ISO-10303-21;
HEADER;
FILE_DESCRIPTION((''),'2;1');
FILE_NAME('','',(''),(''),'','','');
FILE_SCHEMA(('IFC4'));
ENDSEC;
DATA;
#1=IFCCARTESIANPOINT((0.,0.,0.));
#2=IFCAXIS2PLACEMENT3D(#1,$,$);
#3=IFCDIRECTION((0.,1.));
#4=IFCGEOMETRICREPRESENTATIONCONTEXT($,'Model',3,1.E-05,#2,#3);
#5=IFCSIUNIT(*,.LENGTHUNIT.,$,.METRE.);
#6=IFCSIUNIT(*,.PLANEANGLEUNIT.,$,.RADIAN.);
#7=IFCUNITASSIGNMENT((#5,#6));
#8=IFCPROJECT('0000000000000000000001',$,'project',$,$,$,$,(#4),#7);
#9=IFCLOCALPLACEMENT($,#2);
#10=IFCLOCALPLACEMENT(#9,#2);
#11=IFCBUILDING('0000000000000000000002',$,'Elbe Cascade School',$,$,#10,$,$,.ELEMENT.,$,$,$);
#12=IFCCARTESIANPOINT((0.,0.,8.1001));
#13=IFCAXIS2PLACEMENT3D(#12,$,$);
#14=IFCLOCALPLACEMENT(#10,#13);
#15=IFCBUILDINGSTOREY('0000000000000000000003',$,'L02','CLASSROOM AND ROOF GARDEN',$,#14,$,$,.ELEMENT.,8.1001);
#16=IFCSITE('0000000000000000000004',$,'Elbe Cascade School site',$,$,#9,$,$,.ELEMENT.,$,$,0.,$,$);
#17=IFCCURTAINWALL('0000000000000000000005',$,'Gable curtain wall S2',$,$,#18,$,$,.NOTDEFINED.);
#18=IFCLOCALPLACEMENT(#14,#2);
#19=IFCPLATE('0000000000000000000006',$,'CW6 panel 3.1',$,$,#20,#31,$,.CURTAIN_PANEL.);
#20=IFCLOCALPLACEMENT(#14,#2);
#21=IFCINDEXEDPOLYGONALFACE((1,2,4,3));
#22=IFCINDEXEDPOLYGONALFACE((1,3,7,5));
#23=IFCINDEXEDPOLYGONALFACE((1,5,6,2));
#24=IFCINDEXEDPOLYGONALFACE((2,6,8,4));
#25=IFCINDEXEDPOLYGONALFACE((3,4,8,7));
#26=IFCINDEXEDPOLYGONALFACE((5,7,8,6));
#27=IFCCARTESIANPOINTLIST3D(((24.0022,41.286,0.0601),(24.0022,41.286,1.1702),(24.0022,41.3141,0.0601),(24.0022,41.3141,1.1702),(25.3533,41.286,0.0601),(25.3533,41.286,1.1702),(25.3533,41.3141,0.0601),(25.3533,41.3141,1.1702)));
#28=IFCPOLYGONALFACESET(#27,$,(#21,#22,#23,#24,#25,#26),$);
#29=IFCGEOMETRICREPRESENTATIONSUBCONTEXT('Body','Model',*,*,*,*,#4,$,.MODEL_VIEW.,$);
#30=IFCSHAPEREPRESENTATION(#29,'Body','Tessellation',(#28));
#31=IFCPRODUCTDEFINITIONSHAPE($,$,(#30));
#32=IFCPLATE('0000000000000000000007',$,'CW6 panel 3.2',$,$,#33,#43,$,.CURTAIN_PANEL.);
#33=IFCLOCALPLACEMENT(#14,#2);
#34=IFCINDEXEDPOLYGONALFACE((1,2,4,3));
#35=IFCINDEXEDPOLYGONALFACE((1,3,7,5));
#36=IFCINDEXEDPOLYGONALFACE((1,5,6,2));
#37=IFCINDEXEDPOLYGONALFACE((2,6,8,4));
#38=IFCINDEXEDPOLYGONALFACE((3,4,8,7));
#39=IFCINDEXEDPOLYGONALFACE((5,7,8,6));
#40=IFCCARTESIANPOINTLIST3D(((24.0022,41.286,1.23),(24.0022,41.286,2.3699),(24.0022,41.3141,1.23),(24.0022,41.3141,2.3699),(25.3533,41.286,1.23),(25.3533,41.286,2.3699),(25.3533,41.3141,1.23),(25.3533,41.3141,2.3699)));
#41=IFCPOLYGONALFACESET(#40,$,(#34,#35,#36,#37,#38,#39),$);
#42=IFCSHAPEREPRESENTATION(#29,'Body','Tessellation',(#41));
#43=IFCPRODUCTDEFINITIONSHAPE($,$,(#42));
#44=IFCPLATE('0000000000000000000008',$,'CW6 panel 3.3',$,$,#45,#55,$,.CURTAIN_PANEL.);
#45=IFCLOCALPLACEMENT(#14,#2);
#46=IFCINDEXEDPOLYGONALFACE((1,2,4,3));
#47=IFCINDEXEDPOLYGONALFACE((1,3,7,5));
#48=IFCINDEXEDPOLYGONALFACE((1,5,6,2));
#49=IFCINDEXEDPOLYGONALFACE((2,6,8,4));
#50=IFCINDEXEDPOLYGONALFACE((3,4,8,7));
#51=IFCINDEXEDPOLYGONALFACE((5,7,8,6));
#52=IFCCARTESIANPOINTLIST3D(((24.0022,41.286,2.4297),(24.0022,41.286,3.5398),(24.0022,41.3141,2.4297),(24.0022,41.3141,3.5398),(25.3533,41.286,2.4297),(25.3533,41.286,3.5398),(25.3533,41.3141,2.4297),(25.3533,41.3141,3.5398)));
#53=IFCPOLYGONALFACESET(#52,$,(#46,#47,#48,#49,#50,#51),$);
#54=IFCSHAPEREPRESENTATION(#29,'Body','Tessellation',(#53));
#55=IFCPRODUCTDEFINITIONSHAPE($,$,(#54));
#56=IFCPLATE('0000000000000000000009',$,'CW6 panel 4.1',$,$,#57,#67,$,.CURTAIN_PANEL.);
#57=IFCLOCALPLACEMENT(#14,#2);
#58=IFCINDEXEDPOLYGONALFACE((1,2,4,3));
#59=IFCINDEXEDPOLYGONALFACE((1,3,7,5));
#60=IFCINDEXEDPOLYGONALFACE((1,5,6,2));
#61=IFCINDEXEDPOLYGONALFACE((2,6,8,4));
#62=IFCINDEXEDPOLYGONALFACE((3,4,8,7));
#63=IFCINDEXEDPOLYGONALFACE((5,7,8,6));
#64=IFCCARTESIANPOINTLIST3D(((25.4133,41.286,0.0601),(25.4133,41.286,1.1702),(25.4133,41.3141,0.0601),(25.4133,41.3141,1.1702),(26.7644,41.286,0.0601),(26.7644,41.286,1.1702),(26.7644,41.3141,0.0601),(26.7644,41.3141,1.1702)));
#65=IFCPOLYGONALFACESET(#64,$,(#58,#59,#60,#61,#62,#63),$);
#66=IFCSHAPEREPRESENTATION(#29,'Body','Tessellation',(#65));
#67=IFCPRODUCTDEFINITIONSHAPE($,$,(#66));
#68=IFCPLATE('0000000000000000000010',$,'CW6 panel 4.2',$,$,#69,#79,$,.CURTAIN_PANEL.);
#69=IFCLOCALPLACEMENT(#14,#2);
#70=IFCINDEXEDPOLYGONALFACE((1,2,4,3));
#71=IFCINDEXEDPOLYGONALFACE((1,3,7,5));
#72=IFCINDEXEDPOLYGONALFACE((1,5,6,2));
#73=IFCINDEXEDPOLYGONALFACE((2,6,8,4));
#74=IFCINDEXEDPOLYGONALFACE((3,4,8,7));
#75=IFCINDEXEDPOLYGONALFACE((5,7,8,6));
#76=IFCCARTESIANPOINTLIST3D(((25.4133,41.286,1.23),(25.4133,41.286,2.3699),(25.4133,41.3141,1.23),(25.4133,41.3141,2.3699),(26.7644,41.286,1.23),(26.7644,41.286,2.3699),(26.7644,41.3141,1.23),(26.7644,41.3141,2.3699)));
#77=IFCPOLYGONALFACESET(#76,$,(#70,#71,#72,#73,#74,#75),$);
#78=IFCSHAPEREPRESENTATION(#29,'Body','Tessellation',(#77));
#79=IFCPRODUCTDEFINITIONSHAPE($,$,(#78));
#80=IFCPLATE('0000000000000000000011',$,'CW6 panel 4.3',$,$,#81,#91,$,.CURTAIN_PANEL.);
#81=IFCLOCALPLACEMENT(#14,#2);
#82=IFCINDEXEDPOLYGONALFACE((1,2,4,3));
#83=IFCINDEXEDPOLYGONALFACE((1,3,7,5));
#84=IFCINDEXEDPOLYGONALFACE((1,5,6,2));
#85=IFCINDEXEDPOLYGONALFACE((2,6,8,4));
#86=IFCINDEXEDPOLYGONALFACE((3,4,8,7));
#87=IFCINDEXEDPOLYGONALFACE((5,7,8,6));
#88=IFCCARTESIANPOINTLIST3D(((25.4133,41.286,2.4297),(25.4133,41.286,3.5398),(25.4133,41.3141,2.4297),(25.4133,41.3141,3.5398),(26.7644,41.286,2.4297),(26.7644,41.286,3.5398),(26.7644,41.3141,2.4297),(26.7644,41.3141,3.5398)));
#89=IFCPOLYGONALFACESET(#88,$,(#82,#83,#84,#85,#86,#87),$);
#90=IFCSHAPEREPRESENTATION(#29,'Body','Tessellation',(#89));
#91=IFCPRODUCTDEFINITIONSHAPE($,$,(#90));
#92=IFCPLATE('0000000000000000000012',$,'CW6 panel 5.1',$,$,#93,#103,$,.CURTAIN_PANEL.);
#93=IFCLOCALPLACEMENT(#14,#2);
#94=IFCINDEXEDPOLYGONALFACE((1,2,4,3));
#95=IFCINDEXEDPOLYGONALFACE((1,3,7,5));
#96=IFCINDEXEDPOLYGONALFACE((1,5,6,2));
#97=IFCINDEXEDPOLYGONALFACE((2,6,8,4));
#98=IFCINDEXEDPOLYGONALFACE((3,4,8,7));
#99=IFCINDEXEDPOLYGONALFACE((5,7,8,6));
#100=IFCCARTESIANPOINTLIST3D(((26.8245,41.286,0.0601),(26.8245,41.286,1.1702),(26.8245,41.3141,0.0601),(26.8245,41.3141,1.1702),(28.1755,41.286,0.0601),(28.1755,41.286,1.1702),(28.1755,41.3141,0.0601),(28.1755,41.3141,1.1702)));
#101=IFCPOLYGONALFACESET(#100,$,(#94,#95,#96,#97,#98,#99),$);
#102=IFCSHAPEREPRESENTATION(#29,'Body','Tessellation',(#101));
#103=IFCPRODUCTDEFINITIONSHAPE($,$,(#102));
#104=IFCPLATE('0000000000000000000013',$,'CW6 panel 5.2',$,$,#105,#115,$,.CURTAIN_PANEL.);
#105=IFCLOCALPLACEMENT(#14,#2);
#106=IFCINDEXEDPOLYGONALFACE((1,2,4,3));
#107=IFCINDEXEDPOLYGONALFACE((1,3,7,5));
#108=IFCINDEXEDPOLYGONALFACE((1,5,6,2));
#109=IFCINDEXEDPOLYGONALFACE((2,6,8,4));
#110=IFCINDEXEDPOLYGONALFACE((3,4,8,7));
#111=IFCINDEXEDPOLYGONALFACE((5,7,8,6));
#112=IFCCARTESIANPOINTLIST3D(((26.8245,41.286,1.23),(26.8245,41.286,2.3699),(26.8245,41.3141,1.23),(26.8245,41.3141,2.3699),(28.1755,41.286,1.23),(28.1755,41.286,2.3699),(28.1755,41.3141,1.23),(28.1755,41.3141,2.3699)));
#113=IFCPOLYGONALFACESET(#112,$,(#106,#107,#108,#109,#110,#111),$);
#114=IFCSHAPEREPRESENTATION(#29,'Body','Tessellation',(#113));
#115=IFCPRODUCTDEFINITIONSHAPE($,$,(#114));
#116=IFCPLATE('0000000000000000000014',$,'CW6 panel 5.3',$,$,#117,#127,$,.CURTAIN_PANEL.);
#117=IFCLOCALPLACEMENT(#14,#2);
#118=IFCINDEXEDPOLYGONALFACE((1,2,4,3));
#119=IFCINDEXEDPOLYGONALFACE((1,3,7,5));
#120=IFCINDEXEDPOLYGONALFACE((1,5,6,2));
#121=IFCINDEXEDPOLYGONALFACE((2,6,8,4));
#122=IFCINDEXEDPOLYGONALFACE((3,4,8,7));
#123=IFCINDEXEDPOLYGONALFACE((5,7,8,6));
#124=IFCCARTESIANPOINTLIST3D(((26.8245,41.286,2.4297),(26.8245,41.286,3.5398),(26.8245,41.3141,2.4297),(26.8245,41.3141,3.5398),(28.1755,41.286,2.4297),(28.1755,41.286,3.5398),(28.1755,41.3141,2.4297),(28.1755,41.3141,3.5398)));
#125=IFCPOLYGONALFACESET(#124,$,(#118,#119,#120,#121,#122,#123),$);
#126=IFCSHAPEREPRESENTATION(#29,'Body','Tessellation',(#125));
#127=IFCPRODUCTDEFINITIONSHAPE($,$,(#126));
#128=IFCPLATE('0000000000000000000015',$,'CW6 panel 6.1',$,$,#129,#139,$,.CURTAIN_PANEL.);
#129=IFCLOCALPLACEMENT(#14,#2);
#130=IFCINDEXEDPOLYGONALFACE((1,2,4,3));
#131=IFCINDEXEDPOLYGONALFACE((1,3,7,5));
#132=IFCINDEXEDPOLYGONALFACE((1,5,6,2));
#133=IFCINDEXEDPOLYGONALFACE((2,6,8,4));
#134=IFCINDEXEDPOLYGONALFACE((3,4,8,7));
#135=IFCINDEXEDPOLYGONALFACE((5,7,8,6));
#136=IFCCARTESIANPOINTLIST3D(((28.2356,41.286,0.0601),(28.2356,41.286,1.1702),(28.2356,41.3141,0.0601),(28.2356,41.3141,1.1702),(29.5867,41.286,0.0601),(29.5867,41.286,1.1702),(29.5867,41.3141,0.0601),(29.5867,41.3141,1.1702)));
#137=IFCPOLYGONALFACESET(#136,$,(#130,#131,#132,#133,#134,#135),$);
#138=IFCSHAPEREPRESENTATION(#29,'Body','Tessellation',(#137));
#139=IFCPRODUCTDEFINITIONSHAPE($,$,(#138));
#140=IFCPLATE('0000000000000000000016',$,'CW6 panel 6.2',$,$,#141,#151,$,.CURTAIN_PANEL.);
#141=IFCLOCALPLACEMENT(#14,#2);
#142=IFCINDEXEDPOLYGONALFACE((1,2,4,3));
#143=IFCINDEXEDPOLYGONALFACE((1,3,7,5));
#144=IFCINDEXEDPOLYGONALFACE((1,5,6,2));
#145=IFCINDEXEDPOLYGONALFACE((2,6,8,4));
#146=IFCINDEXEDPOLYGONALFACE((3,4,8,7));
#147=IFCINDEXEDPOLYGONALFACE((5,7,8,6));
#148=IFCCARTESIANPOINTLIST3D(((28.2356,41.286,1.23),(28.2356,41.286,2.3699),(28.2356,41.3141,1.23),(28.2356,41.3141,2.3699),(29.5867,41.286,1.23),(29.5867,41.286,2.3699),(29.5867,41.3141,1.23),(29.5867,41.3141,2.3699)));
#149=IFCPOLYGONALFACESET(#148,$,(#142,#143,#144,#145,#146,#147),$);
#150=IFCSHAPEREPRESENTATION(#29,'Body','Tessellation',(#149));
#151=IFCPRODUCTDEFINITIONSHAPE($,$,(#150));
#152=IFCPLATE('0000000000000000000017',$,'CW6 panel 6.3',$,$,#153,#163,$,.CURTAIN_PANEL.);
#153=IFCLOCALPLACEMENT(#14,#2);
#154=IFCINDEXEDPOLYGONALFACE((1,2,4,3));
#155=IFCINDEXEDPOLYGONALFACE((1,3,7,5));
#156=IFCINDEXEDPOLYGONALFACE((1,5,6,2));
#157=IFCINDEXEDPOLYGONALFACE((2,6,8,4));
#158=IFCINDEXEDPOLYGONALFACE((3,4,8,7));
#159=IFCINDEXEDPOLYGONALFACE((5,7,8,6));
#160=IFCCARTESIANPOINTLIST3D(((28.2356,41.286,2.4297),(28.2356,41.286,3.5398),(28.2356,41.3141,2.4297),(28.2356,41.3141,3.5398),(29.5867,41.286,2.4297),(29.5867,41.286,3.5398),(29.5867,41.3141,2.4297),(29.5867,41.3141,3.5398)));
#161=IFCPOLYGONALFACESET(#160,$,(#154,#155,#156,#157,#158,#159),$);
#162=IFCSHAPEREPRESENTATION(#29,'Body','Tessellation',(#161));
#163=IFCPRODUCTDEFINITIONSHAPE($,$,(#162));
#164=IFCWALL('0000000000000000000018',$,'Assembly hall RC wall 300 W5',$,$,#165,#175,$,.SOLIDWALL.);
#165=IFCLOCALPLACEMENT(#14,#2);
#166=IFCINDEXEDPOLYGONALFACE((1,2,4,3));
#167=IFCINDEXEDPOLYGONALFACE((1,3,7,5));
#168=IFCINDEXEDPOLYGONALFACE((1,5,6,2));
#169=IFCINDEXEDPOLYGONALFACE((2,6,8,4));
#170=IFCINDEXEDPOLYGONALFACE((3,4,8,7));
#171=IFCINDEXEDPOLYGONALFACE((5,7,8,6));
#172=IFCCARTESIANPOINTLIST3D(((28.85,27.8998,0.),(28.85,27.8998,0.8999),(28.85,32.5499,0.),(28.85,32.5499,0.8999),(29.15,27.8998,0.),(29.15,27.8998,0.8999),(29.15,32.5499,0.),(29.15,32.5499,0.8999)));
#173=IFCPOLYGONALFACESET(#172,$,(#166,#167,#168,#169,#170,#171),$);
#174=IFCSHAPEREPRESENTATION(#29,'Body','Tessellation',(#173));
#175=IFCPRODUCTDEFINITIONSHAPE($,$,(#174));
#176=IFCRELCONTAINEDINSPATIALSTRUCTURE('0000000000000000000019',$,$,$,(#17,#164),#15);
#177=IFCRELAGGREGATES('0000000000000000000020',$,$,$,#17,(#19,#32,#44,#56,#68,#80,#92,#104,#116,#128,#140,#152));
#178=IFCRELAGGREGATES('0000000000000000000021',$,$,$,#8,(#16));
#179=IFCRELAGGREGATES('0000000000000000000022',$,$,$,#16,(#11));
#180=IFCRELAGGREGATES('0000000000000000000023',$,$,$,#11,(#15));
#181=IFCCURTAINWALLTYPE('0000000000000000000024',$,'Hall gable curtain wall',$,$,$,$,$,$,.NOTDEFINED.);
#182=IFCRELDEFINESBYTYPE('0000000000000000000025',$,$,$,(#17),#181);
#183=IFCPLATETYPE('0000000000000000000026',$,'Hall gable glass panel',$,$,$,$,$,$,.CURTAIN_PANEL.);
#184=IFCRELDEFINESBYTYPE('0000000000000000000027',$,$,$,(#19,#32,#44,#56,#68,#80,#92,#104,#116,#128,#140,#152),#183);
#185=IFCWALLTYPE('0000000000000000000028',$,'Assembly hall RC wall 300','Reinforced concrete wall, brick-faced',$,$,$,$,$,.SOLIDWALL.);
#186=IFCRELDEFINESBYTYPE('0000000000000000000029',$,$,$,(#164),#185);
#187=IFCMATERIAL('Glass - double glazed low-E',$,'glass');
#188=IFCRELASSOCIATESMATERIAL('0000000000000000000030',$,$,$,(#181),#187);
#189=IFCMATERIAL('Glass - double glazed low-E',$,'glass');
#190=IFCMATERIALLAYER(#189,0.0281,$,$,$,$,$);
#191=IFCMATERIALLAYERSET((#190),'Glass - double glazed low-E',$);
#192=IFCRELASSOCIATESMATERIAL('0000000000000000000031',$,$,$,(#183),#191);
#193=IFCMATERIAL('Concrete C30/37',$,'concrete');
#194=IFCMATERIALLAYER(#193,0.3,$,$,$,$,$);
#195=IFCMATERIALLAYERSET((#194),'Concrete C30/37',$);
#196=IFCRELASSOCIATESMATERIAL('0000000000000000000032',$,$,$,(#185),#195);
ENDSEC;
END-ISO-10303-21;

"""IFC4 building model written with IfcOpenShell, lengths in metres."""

from ifc_helpers import new_model, si_unit, direction, frame, frame_2d, origin, origin_2d, place, context, subcontext, project, spatial, rectangle, extrude, material, layer, layer_set, type_object, element, aggregate, save


model = new_model("IFC4")

# Units and contexts
model_context = context("Model", 3, precision=1e-05, world=origin(), true_north=direction((0.0, 1.0)))
body_context = subcontext(model_context, "Body", "Model", "MODEL_VIEW")
ifc_project = project(units=[si_unit("LENGTHUNIT", "METRE"), si_unit("PLANEANGLEUNIT", "RADIAN")], contexts=[model_context])

# Site, building, storey
site_placement = place(None, origin())
site = spatial("IfcSite", under=ifc_project, at=site_placement, Name="Elbe Cascade School site", CompositionType="ELEMENT", RefElevation=0.0)
building_placement = place(site_placement, origin())
building = spatial("IfcBuilding", under=site, at=building_placement, Name="Elbe Cascade School", CompositionType="ELEMENT")
storey_placement = place(building_placement, frame((0.0, 0.0, 8.1001)))
storey = spatial("IfcBuildingStorey", under=building, at=storey_placement, Name="L02", Description="CLASSROOM AND ROOF GARDEN", CompositionType="ELEMENT", Elevation=8.1001)

# Curtain wall
ifc_material_1 = material(Name="Glass - double glazed low-E", Category="glass")
curtain_wall_type = type_object("IfcCurtainWallType", Name="Hall gable curtain wall", PredefinedType="NOTDEFINED", material=ifc_material_1)
curtain_wall_placement = place(storey_placement, origin())
curtain_wall = element("IfcCurtainWall", 1, at=curtain_wall_placement, inside=storey, type_object=curtain_wall_type, Name="Gable curtain wall S2", PredefinedType="NOTDEFINED")

# Plates
ifc_material_2 = material(Name="Glass - double glazed low-E", Category="glass")
ifc_layer_1 = layer(ifc_material_2, 0.0281)
ifc_layer_set_1 = layer_set([ifc_layer_1], Name="Glass - double glazed low-E")
plate_type_1 = type_object("IfcPlateType", Name="Hall gable glass panel", PredefinedType="CURTAIN_PANEL", material=ifc_layer_set_1)
plate_1_placement = place(storey_placement, frame((24.6777, 41.3, 0.0601), z_axis=(0.0, 0.0, 1.0), x_axis=(1.0, 0.0, 0.0)))
plate_1 = element("IfcPlate", 2, at=plate_1_placement, type_object=plate_type_1, Name="CW6 panel 3.1", PredefinedType="CURTAIN_PANEL", context=body_context, shape_type="SweptSolid", body=[
    extrude(rectangle(XDim=1.3511, YDim=0.0281, at=origin_2d()), origin(), (0.0, 0.0, 1.0), 1.1101),
])
plate_2_placement = place(storey_placement, frame((24.6777, 41.3, 1.23), z_axis=(0.0, 0.0, 1.0), x_axis=(1.0, 0.0, 0.0)))
plate_2 = element("IfcPlate", 3, at=plate_2_placement, type_object=plate_type_1, Name="CW6 panel 3.2", PredefinedType="CURTAIN_PANEL", context=body_context, shape_type="SweptSolid", body=[
    extrude(rectangle(XDim=1.3511, YDim=0.0281, at=origin_2d()), origin(), (0.0, 0.0, 1.0), 1.1399),
])
plate_3_placement = place(storey_placement, frame((24.6777, 41.3, 2.4297), z_axis=(0.0, 0.0, 1.0), x_axis=(1.0, 0.0, 0.0)))
plate_3 = element("IfcPlate", 4, at=plate_3_placement, type_object=plate_type_1, Name="CW6 panel 3.3", PredefinedType="CURTAIN_PANEL", context=body_context, shape_type="SweptSolid", body=[
    extrude(rectangle(XDim=1.3511, YDim=0.0281, at=origin_2d()), origin(), (0.0, 0.0, 1.0), 1.1101),
])
plate_4_placement = place(storey_placement, frame((26.0889, 41.3, 0.0601), z_axis=(0.0, 0.0, 1.0), x_axis=(1.0, 0.0, 0.0)))
plate_4 = element("IfcPlate", 5, at=plate_4_placement, type_object=plate_type_1, Name="CW6 panel 4.1", PredefinedType="CURTAIN_PANEL", context=body_context, shape_type="SweptSolid", body=[
    extrude(rectangle(XDim=1.3511, YDim=0.0281, at=origin_2d()), origin(), (0.0, 0.0, 1.0), 1.1101),
])
plate_5_placement = place(storey_placement, frame((26.0889, 41.3, 1.23), z_axis=(0.0, 0.0, 1.0), x_axis=(1.0, 0.0, 0.0)))
plate_5 = element("IfcPlate", 6, at=plate_5_placement, type_object=plate_type_1, Name="CW6 panel 4.2", PredefinedType="CURTAIN_PANEL", context=body_context, shape_type="SweptSolid", body=[
    extrude(rectangle(XDim=1.3511, YDim=0.0281, at=origin_2d()), origin(), (0.0, 0.0, 1.0), 1.1399),
])
plate_6_placement = place(storey_placement, frame((26.0889, 41.3, 2.4297), z_axis=(0.0, 0.0, 1.0), x_axis=(1.0, 0.0, 0.0)))
plate_6 = element("IfcPlate", 7, at=plate_6_placement, type_object=plate_type_1, Name="CW6 panel 4.3", PredefinedType="CURTAIN_PANEL", context=body_context, shape_type="SweptSolid", body=[
    extrude(rectangle(XDim=1.3511, YDim=0.0281, at=origin_2d()), origin(), (0.0, 0.0, 1.0), 1.1101),
])
plate_7_placement = place(storey_placement, frame((27.5, 41.3, 0.0601), z_axis=(0.0, 0.0, 1.0), x_axis=(1.0, 0.0, 0.0)))
plate_7 = element("IfcPlate", 8, at=plate_7_placement, type_object=plate_type_1, Name="CW6 panel 5.1", PredefinedType="CURTAIN_PANEL", context=body_context, shape_type="SweptSolid", body=[
    extrude(rectangle(XDim=1.3511, YDim=0.0281, at=origin_2d()), origin(), (0.0, 0.0, 1.0), 1.1101),
])
plate_8_placement = place(storey_placement, frame((27.5, 41.3, 1.23), z_axis=(0.0, 0.0, 1.0), x_axis=(1.0, 0.0, 0.0)))
plate_8 = element("IfcPlate", 9, at=plate_8_placement, type_object=plate_type_1, Name="CW6 panel 5.2", PredefinedType="CURTAIN_PANEL", context=body_context, shape_type="SweptSolid", body=[
    extrude(rectangle(XDim=1.3511, YDim=0.0281, at=origin_2d()), origin(), (0.0, 0.0, 1.0), 1.1399),
])
plate_9_placement = place(storey_placement, frame((27.5, 41.3, 2.4297), z_axis=(0.0, 0.0, 1.0), x_axis=(1.0, 0.0, 0.0)))
plate_9 = element("IfcPlate", 10, at=plate_9_placement, type_object=plate_type_1, Name="CW6 panel 5.3", PredefinedType="CURTAIN_PANEL", context=body_context, shape_type="SweptSolid", body=[
    extrude(rectangle(XDim=1.3511, YDim=0.0281, at=origin_2d()), origin(), (0.0, 0.0, 1.0), 1.1101),
])
plate_10_placement = place(storey_placement, frame((28.9111, 41.3, 0.0601), z_axis=(0.0, 0.0, 1.0), x_axis=(1.0, 0.0, 0.0)))
plate_10 = element("IfcPlate", 11, at=plate_10_placement, type_object=plate_type_1, Name="CW6 panel 6.1", PredefinedType="CURTAIN_PANEL", context=body_context, shape_type="SweptSolid", body=[
    extrude(rectangle(XDim=1.3511, YDim=0.0281, at=origin_2d()), origin(), (0.0, 0.0, 1.0), 1.1101),
])
plate_11_placement = place(storey_placement, frame((28.9111, 41.3, 1.23), z_axis=(0.0, 0.0, 1.0), x_axis=(1.0, 0.0, 0.0)))
plate_11 = element("IfcPlate", 12, at=plate_11_placement, type_object=plate_type_1, Name="CW6 panel 6.2", PredefinedType="CURTAIN_PANEL", context=body_context, shape_type="SweptSolid", body=[
    extrude(rectangle(XDim=1.3511, YDim=0.0281, at=origin_2d()), origin(), (0.0, 0.0, 1.0), 1.1399),
])
plate_12_placement = place(storey_placement, frame((28.9111, 41.3, 2.4297), z_axis=(0.0, 0.0, 1.0), x_axis=(1.0, 0.0, 0.0)))
plate_12 = element("IfcPlate", 13, at=plate_12_placement, type_object=plate_type_1, Name="CW6 panel 6.3", PredefinedType="CURTAIN_PANEL", context=body_context, shape_type="SweptSolid", body=[
    extrude(rectangle(XDim=1.3511, YDim=0.0281, at=origin_2d()), origin(), (0.0, 0.0, 1.0), 1.1101),
])
aggregate(curtain_wall, [plate_1, plate_2, plate_3, plate_4, plate_5, plate_6, plate_7, plate_8, plate_9, plate_10, plate_11, plate_12])

# Wall
ifc_material_3 = material(Name="Concrete C30/37", Category="concrete")
ifc_layer_2 = layer(ifc_material_3, 0.3)
ifc_layer_set_2 = layer_set([ifc_layer_2], Name="Concrete C30/37")
wall_type = type_object("IfcWallType", Name="Assembly hall RC wall 300", Description="Reinforced concrete wall, brick-faced", PredefinedType="SOLIDWALL", material=ifc_layer_set_2)
wall_placement = place(storey_placement, frame((29.0, 32.55, 0.0), z_axis=(0.0, 0.0, 1.0), x_axis=(0.0, -1.0, 0.0)))
element("IfcWall", 14, at=wall_placement, inside=storey, type_object=wall_type, Name="Assembly hall RC wall 300 W5", PredefinedType="SOLIDWALL", context=body_context, shape_type="SweptSolid", body=[
    extrude(rectangle(XDim=4.6501, YDim=0.3, at=frame_2d((2.3252, 0.0))), origin(), (0.0, 0.0, 1.0), 0.8999),
])

save(model, "model.ifc")
